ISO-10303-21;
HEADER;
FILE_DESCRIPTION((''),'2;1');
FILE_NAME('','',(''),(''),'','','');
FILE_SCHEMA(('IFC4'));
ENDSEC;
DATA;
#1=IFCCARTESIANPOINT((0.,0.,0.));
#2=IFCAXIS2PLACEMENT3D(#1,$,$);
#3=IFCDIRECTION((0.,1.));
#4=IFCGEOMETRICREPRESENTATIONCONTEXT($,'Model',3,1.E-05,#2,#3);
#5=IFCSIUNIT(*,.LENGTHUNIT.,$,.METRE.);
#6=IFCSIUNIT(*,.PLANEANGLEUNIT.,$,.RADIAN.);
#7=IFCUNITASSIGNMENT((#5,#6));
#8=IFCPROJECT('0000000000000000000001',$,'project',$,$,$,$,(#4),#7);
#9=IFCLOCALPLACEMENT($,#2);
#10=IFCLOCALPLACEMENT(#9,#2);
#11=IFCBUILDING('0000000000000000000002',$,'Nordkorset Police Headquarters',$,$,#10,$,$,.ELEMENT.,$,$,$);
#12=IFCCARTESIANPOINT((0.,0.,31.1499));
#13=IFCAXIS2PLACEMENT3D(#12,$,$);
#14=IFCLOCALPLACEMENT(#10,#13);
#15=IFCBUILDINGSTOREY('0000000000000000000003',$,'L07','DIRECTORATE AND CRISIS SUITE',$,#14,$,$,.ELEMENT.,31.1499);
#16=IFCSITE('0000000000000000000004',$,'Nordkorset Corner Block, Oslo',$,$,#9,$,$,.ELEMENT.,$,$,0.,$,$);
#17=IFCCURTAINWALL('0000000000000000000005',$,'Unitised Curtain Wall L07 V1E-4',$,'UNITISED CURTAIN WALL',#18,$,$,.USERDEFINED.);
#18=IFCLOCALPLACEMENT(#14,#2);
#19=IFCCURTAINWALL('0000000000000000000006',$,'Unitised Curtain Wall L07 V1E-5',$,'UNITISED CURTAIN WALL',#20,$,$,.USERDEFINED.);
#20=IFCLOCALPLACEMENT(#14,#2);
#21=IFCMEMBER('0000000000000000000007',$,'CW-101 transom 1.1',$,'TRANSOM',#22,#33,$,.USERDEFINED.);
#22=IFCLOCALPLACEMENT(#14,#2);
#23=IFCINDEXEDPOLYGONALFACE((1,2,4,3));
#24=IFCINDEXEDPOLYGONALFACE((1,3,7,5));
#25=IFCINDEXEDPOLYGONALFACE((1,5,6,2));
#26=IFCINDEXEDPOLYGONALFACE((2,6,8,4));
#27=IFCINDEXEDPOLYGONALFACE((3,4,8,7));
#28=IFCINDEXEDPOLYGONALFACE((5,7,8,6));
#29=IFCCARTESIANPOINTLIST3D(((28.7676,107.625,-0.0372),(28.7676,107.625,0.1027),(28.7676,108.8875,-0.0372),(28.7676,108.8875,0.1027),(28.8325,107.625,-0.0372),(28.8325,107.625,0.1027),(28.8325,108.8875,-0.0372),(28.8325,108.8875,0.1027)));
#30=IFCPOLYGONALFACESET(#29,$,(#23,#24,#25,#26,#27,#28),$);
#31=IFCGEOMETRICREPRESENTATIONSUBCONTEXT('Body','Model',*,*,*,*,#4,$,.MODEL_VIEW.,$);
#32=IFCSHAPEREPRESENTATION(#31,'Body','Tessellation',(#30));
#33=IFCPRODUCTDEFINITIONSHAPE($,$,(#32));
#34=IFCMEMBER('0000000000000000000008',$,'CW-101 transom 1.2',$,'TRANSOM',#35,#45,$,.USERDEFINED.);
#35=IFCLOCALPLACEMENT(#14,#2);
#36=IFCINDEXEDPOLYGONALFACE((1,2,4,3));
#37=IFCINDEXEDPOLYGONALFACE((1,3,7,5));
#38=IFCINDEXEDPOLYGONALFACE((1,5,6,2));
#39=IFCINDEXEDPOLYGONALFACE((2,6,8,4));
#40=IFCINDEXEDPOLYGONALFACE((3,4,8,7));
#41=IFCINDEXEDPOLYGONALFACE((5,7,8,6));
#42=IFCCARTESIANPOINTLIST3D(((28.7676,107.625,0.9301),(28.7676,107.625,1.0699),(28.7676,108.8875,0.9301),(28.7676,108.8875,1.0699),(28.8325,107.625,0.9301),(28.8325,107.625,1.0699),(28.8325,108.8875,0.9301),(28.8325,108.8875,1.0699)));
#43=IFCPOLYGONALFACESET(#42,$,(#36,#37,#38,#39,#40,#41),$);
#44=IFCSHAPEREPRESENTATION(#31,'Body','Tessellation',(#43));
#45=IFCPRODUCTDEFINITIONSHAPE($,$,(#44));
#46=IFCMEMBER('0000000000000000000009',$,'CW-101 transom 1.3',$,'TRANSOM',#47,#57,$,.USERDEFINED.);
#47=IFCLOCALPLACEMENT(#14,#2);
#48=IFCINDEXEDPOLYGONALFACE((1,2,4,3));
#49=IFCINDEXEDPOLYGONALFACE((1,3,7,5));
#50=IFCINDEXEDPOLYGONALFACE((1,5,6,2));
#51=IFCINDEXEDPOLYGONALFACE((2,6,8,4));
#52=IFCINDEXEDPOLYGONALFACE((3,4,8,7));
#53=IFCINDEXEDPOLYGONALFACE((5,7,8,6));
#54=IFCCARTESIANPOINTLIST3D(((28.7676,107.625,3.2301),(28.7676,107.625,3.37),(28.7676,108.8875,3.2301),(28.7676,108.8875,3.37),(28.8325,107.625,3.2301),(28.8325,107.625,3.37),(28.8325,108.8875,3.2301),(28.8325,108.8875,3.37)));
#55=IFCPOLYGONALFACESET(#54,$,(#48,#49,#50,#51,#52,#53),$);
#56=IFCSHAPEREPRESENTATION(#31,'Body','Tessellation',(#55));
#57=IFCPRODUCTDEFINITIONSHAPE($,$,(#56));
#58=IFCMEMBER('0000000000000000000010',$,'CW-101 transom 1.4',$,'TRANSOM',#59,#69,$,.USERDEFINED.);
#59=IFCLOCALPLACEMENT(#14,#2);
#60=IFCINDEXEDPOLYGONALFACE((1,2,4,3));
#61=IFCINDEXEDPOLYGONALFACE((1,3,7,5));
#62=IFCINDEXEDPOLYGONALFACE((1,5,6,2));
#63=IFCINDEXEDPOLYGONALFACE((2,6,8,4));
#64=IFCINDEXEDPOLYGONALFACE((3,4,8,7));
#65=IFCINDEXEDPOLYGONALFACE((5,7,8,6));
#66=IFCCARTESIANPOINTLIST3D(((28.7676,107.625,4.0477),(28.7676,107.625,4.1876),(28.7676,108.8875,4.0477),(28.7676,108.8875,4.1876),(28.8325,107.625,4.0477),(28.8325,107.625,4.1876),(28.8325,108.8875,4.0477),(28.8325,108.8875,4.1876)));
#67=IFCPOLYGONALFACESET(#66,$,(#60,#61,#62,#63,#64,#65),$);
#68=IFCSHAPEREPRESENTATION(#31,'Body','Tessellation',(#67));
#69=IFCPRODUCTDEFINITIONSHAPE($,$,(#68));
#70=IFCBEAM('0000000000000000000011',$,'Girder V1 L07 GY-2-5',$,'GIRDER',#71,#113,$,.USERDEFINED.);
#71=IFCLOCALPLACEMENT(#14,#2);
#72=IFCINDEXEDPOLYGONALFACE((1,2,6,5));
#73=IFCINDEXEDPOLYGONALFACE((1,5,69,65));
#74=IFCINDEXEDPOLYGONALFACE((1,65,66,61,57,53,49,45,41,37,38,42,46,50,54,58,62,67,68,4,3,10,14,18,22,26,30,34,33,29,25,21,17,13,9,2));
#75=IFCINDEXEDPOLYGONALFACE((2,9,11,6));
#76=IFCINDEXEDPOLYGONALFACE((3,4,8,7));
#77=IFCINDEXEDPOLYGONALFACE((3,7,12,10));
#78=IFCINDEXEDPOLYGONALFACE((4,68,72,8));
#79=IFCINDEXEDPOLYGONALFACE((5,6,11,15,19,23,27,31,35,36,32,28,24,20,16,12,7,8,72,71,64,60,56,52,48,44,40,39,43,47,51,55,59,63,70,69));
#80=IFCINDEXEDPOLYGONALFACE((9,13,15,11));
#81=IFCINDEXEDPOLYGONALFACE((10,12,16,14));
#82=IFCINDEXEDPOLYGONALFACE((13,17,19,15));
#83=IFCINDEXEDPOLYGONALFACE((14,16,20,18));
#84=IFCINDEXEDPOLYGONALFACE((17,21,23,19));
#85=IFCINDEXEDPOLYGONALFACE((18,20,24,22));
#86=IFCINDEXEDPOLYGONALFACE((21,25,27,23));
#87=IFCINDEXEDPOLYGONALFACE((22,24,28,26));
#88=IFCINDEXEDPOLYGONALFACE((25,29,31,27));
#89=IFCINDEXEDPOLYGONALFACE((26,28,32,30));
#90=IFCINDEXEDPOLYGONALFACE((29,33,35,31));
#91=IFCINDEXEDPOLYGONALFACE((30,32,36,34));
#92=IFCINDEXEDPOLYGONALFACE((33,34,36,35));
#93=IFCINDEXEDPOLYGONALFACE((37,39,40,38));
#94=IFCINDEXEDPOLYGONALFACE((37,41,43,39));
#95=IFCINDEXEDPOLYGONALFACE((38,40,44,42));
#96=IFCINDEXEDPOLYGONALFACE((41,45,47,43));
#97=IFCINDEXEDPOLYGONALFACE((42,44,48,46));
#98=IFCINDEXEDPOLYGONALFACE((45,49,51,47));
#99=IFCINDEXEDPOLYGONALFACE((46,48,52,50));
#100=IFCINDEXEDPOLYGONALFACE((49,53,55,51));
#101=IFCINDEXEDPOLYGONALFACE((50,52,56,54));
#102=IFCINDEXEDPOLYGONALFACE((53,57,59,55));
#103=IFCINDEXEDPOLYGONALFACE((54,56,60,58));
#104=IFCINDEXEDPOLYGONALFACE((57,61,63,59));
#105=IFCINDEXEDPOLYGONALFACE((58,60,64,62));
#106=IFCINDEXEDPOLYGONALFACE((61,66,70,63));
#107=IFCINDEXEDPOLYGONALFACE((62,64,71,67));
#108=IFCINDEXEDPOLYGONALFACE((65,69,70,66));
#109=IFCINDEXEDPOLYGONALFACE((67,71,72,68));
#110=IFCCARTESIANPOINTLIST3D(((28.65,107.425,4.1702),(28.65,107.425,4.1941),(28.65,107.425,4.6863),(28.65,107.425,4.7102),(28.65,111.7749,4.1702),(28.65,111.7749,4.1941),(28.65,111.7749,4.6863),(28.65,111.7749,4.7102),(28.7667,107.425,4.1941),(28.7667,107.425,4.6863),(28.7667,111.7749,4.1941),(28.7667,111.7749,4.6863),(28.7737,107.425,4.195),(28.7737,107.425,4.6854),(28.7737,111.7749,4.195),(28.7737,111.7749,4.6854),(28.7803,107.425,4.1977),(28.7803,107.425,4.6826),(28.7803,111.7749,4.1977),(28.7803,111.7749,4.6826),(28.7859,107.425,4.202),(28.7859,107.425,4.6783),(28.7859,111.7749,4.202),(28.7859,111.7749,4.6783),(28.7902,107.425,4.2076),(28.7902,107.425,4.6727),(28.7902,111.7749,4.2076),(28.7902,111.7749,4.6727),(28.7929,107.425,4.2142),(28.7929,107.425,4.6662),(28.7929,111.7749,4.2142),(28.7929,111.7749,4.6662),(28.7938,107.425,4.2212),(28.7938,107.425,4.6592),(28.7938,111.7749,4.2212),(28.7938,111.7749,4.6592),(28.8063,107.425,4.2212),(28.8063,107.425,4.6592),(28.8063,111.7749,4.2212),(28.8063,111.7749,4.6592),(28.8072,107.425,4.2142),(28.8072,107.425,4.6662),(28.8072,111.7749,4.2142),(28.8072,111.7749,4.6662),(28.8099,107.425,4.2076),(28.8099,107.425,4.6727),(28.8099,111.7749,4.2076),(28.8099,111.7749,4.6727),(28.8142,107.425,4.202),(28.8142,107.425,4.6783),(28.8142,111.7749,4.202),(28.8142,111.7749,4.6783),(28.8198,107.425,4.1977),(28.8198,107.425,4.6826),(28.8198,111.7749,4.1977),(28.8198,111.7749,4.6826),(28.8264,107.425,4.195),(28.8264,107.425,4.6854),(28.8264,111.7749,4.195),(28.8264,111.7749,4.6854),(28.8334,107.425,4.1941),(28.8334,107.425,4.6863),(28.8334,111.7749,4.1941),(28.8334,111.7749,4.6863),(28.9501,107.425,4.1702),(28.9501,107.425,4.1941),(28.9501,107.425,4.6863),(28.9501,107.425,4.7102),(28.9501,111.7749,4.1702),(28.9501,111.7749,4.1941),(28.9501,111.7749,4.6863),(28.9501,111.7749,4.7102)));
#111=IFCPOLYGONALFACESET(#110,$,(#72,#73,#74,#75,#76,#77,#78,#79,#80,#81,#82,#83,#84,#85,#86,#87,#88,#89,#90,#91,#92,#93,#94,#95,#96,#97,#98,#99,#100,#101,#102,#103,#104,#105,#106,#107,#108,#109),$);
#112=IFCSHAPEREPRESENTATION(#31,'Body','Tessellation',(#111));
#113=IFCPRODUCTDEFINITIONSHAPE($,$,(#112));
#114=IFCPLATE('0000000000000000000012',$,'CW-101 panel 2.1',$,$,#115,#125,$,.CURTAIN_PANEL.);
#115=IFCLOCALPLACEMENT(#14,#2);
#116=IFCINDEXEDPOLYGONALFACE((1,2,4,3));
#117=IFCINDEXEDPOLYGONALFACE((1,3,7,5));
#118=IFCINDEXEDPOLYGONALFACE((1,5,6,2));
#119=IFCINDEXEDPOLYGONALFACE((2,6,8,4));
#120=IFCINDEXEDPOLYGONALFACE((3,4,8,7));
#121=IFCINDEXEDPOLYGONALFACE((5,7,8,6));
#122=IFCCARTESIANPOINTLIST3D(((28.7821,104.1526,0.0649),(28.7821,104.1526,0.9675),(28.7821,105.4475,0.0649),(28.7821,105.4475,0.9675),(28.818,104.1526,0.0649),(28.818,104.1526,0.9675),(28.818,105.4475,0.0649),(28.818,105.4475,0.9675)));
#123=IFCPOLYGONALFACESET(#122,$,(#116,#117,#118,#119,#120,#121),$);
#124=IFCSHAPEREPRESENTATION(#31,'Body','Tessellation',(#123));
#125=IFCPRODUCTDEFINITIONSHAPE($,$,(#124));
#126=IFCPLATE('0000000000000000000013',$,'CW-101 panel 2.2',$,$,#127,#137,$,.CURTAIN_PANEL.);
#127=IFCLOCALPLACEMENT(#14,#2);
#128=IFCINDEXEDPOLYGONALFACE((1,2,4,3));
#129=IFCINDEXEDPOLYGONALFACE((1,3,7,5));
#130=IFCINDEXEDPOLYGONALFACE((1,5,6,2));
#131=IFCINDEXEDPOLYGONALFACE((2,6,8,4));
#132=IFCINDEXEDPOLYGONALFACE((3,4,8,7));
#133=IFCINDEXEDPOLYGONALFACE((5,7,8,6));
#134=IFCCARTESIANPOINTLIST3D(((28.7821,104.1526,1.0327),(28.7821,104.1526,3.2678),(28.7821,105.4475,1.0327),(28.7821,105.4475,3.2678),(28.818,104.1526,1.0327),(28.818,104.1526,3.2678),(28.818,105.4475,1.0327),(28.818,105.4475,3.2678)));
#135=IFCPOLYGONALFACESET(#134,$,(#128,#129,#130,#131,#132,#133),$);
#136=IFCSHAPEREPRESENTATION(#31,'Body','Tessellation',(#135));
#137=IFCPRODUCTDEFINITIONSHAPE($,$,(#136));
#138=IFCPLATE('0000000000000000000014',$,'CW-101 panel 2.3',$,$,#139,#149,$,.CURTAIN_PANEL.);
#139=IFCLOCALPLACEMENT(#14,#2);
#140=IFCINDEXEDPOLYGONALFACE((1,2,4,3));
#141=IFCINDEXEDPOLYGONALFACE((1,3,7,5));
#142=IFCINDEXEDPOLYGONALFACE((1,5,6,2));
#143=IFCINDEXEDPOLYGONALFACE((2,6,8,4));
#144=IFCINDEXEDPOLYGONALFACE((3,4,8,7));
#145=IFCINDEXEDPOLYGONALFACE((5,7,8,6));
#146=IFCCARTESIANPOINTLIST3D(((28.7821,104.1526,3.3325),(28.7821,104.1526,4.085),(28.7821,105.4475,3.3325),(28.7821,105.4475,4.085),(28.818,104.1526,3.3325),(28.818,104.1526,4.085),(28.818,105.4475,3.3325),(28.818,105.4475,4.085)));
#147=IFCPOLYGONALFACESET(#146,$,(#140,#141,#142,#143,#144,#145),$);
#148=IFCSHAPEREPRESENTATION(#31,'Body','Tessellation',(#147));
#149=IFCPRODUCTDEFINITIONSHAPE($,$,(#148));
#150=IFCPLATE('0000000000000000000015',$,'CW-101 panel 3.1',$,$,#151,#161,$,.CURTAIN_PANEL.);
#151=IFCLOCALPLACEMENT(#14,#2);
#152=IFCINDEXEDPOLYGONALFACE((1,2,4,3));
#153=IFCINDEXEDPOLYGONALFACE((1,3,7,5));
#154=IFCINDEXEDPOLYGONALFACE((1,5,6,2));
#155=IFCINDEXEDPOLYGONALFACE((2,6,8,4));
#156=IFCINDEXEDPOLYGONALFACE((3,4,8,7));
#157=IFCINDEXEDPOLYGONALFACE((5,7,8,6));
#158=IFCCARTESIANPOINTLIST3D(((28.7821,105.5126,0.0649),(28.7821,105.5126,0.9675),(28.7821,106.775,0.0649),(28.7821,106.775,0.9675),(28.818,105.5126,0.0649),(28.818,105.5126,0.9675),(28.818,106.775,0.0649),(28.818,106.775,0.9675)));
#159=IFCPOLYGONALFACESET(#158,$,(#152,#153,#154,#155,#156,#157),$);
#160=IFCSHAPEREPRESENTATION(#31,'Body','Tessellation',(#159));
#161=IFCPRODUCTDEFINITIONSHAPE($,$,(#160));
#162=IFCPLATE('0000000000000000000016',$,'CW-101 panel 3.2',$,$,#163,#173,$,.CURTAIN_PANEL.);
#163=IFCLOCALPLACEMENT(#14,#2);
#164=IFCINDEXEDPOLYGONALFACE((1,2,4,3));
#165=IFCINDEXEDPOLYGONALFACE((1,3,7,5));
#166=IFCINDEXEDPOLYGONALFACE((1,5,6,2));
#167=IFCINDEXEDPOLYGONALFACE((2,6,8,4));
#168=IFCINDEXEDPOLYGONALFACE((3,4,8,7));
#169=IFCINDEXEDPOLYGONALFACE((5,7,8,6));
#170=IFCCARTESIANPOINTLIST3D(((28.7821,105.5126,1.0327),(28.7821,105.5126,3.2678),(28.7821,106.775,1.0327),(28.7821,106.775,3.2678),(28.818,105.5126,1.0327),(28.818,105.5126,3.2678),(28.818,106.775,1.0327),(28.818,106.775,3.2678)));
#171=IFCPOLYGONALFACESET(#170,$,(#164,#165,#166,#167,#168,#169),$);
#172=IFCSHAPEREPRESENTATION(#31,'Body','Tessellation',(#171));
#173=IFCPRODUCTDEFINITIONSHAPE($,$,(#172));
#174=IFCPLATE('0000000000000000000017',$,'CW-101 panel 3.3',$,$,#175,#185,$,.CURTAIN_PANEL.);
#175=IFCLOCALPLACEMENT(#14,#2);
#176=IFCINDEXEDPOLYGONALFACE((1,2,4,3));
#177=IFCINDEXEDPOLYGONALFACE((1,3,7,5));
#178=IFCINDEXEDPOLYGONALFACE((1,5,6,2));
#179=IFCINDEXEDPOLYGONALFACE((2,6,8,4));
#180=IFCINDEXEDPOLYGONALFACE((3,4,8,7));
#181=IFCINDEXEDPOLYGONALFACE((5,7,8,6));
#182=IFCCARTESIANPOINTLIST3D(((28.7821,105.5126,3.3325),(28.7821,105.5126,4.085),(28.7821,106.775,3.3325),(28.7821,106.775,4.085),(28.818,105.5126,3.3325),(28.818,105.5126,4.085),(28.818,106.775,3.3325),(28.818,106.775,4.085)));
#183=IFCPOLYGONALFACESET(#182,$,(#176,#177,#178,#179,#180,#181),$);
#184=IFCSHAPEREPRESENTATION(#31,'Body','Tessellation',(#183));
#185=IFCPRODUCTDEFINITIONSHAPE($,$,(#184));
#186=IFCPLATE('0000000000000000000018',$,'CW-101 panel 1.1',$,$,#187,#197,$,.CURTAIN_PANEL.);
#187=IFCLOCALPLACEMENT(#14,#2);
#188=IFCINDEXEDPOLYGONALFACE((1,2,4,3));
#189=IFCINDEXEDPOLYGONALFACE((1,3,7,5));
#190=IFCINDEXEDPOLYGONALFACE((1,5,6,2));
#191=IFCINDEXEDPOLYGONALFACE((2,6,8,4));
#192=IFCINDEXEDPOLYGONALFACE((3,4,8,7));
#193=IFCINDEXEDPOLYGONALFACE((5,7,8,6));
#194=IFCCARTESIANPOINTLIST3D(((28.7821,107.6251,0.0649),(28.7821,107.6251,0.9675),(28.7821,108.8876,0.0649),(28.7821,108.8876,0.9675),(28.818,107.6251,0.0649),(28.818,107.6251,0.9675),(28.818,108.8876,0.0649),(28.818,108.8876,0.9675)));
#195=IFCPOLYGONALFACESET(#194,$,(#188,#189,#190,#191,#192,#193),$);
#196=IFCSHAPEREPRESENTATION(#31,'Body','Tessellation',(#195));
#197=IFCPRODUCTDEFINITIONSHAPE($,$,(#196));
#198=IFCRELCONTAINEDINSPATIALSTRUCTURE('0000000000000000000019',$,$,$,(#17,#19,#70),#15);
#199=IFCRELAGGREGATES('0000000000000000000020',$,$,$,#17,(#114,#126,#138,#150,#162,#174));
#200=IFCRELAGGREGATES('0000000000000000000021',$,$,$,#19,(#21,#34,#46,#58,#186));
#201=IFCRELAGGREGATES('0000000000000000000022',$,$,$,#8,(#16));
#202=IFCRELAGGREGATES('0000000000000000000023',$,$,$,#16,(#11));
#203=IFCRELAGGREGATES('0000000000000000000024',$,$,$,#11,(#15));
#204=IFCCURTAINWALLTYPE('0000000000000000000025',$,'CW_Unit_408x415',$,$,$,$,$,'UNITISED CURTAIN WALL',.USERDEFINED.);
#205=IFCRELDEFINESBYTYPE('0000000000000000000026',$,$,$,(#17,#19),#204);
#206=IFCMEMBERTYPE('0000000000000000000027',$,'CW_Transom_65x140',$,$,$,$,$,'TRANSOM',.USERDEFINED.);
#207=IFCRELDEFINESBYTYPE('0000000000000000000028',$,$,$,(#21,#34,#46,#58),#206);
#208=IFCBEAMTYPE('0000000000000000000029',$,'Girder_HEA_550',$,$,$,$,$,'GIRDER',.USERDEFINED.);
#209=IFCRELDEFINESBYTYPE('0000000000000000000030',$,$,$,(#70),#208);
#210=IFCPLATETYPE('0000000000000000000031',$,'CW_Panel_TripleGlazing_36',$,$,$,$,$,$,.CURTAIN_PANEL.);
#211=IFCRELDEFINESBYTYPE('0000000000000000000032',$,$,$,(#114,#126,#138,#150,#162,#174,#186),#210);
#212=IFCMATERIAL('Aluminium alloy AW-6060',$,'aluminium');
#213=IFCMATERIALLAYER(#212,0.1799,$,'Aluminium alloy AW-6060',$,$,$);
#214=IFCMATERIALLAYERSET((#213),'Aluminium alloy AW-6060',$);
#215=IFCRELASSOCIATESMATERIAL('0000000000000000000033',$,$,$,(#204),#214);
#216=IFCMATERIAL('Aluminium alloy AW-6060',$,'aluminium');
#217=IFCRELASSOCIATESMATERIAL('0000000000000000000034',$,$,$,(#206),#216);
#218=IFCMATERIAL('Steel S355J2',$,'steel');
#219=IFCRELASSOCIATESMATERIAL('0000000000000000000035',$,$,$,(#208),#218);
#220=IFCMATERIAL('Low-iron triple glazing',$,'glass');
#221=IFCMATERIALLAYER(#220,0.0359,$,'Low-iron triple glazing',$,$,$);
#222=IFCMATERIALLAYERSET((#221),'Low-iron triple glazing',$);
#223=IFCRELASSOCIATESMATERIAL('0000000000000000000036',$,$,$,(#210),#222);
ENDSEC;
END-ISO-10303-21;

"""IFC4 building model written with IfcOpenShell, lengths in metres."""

from ifc_helpers import new_model, si_unit, direction, frame, origin, origin_2d, place, context, subcontext, project, spatial, rectangle, i_section, extrude, material, layer, layer_set, material_profile, profile_set, type_object, element, aggregate, save


model = new_model("IFC4")

# Units and contexts
model_context = context("Model", 3, precision=1e-05, world=origin(), true_north=direction((0.0, 1.0)))
body_context = subcontext(model_context, "Body", "Model", "MODEL_VIEW")
ifc_project = project(units=[si_unit("LENGTHUNIT", "METRE"), si_unit("PLANEANGLEUNIT", "RADIAN")], contexts=[model_context])

# Site, building, storey
site_placement = place(None, origin())
site = spatial("IfcSite", under=ifc_project, at=site_placement, Name="Nordkorset Corner Block, Oslo", CompositionType="ELEMENT", RefElevation=0.0)
building_placement = place(site_placement, origin())
building = spatial("IfcBuilding", under=site, at=building_placement, Name="Nordkorset Police Headquarters", CompositionType="ELEMENT")
storey_placement = place(building_placement, frame((0.0, 0.0, 31.1499)))
storey = spatial("IfcBuildingStorey", under=building, at=storey_placement, Name="L07", Description="DIRECTORATE AND CRISIS SUITE", CompositionType="ELEMENT", Elevation=31.1499)

# Curtain wall
ifc_material_1 = material(Name="Aluminium alloy AW-6060", Category="aluminium")
ifc_layer_1 = layer(ifc_material_1, 0.1799, Name="Aluminium alloy AW-6060")
ifc_layer_set_1 = layer_set([ifc_layer_1], Name="Aluminium alloy AW-6060")
curtain_wall_type = type_object("IfcCurtainWallType", Name="CW_Unit_408x415", ElementType="UNITISED CURTAIN WALL", PredefinedType="USERDEFINED", material=ifc_layer_set_1)
curtain_wall_1_placement = place(storey_placement, origin())
curtain_wall_1 = element("IfcCurtainWall", 1, at=curtain_wall_1_placement, inside=storey, type_object=curtain_wall_type, Name="Unitised Curtain Wall L07 V1E-4", ObjectType="UNITISED CURTAIN WALL", PredefinedType="USERDEFINED")

# Curtain wall
curtain_wall_2_placement = place(storey_placement, origin())
curtain_wall_2 = element("IfcCurtainWall", 2, at=curtain_wall_2_placement, inside=storey, type_object=curtain_wall_type, Name="Unitised Curtain Wall L07 V1E-5", ObjectType="UNITISED CURTAIN WALL", PredefinedType="USERDEFINED")

# Members
ifc_material_2 = material(Name="Aluminium alloy AW-6060", Category="aluminium")
ifc_material_profile_1 = material_profile(ifc_material_2, rectangle(XDim=0.0649, YDim=0.1399, at=origin_2d()), Name="ALU TRAN 65x140")
ifc_profile_set_1 = profile_set([ifc_material_profile_1], Name="Aluminium alloy AW-6060")
member_type_1 = type_object("IfcMemberType", Name="CW_Transom_65x140", ElementType="TRANSOM", PredefinedType="USERDEFINED", material=ifc_profile_set_1)
member_1_placement = place(storey_placement, frame((28.8, 107.625, 0.0327), z_axis=(0.0, 1.0, 0.0), x_axis=(-1.0, 0.0, 0.0)))
member_1 = element("IfcMember", 3, at=member_1_placement, type_object=member_type_1, Name="CW-101 transom 1.1", ObjectType="TRANSOM", PredefinedType="USERDEFINED", context=body_context, shape_type="SweptSolid", body=[
    extrude(rectangle(XDim=0.0649, YDim=0.1399, at=origin_2d()), origin(), (0.0, 0.0, 1.0), 1.2625),
])
member_2_placement = place(storey_placement, frame((28.8, 107.625, 1.0), z_axis=(0.0, 1.0, 0.0), x_axis=(-1.0, 0.0, 0.0)))
member_2 = element("IfcMember", 4, at=member_2_placement, type_object=member_type_1, Name="CW-101 transom 1.2", ObjectType="TRANSOM", PredefinedType="USERDEFINED", context=body_context, shape_type="SweptSolid", body=[
    extrude(rectangle(XDim=0.0649, YDim=0.1399, at=origin_2d()), origin(), (0.0, 0.0, 1.0), 1.2625),
])
member_3_placement = place(storey_placement, frame((28.8, 107.625, 3.3), z_axis=(0.0, 1.0, 0.0), x_axis=(-1.0, 0.0, 0.0)))
member_3 = element("IfcMember", 5, at=member_3_placement, type_object=member_type_1, Name="CW-101 transom 1.3", ObjectType="TRANSOM", PredefinedType="USERDEFINED", context=body_context, shape_type="SweptSolid", body=[
    extrude(rectangle(XDim=0.0649, YDim=0.1399, at=origin_2d()), origin(), (0.0, 0.0, 1.0), 1.2625),
])
member_4_placement = place(storey_placement, frame((28.8, 107.625, 4.1177), z_axis=(0.0, 1.0, 0.0), x_axis=(-1.0, 0.0, 0.0)))
member_4 = element("IfcMember", 6, at=member_4_placement, type_object=member_type_1, Name="CW-101 transom 1.4", ObjectType="TRANSOM", PredefinedType="USERDEFINED", context=body_context, shape_type="SweptSolid", body=[
    extrude(rectangle(XDim=0.0649, YDim=0.1399, at=origin_2d()), origin(), (0.0, 0.0, 1.0), 1.2625),
])

# Beam
ifc_material_3 = material(Name="Steel S355J2", Category="steel")
ifc_material_profile_2 = material_profile(ifc_material_3, i_section(OverallWidth=0.3, OverallDepth=0.54, WebThickness=0.0125, FlangeThickness=0.0239, FilletRadius=0.0271, at=origin_2d()), Name="HEA 550")
ifc_profile_set_2 = profile_set([ifc_material_profile_2], Name="Steel S355J2")
beam_type = type_object("IfcBeamType", Name="Girder_HEA_550", ElementType="GIRDER", PredefinedType="USERDEFINED", material=ifc_profile_set_2)
beam_placement = place(storey_placement, frame((28.8, 107.425, 4.4402), z_axis=(0.0, 1.0, 0.0), x_axis=(-1.0, 0.0, 0.0)))
element("IfcBeam", 7, at=beam_placement, inside=storey, type_object=beam_type, Name="Girder V1 L07 GY-2-5", ObjectType="GIRDER", PredefinedType="USERDEFINED", context=body_context, shape_type="SweptSolid", body=[
    extrude(i_section(OverallWidth=0.3, OverallDepth=0.54, WebThickness=0.0125, FlangeThickness=0.0239, FilletRadius=0.0271, at=origin_2d()), origin(), (0.0, 0.0, 1.0), 4.3499),
])

# Plates
ifc_material_4 = material(Name="Low-iron triple glazing", Category="glass")
ifc_layer_2 = layer(ifc_material_4, 0.0359, Name="Low-iron triple glazing")
ifc_layer_set_2 = layer_set([ifc_layer_2], Name="Low-iron triple glazing")
plate_type = type_object("IfcPlateType", Name="CW_Panel_TripleGlazing_36", PredefinedType="CURTAIN_PANEL", material=ifc_layer_set_2)
plate_1_placement = place(storey_placement, frame((28.8, 104.8, 0.0649), z_axis=(0.0, 0.0, 1.0), x_axis=(0.0, 1.0, 0.0)))
plate_1 = element("IfcPlate", 8, at=plate_1_placement, type_object=plate_type, Name="CW-101 panel 2.1", PredefinedType="CURTAIN_PANEL", context=body_context, shape_type="SweptSolid", body=[
    extrude(rectangle(XDim=1.2949, YDim=0.0359, at=origin_2d()), origin(), (0.0, 0.0, 1.0), 0.9026),
])
plate_2_placement = place(storey_placement, frame((28.8, 104.8, 1.0327), z_axis=(0.0, 0.0, 1.0), x_axis=(0.0, 1.0, 0.0)))
plate_2 = element("IfcPlate", 9, at=plate_2_placement, type_object=plate_type, Name="CW-101 panel 2.2", PredefinedType="CURTAIN_PANEL", context=body_context, shape_type="SweptSolid", body=[
    extrude(rectangle(XDim=1.2949, YDim=0.0359, at=origin_2d()), origin(), (0.0, 0.0, 1.0), 2.2351),
])
plate_3_placement = place(storey_placement, frame((28.8, 104.8, 3.3325), z_axis=(0.0, 0.0, 1.0), x_axis=(0.0, 1.0, 0.0)))
plate_3 = element("IfcPlate", 10, at=plate_3_placement, type_object=plate_type, Name="CW-101 panel 2.3", PredefinedType="CURTAIN_PANEL", context=body_context, shape_type="SweptSolid", body=[
    extrude(rectangle(XDim=1.2949, YDim=0.0359, at=origin_2d()), origin(), (0.0, 0.0, 1.0), 0.7524),
])
plate_4_placement = place(storey_placement, frame((28.8, 106.1438, 0.0649), z_axis=(0.0, 0.0, 1.0), x_axis=(0.0, 1.0, 0.0)))
plate_4 = element("IfcPlate", 11, at=plate_4_placement, type_object=plate_type, Name="CW-101 panel 3.1", PredefinedType="CURTAIN_PANEL", context=body_context, shape_type="SweptSolid", body=[
    extrude(rectangle(XDim=1.2625, YDim=0.0359, at=origin_2d()), origin(), (0.0, 0.0, 1.0), 0.9026),
])
plate_5_placement = place(storey_placement, frame((28.8, 106.1438, 1.0327), z_axis=(0.0, 0.0, 1.0), x_axis=(0.0, 1.0, 0.0)))
plate_5 = element("IfcPlate", 12, at=plate_5_placement, type_object=plate_type, Name="CW-101 panel 3.2", PredefinedType="CURTAIN_PANEL", context=body_context, shape_type="SweptSolid", body=[
    extrude(rectangle(XDim=1.2625, YDim=0.0359, at=origin_2d()), origin(), (0.0, 0.0, 1.0), 2.2351),
])
plate_6_placement = place(storey_placement, frame((28.8, 106.1438, 3.3325), z_axis=(0.0, 0.0, 1.0), x_axis=(0.0, 1.0, 0.0)))
plate_6 = element("IfcPlate", 13, at=plate_6_placement, type_object=plate_type, Name="CW-101 panel 3.3", PredefinedType="CURTAIN_PANEL", context=body_context, shape_type="SweptSolid", body=[
    extrude(rectangle(XDim=1.2625, YDim=0.0359, at=origin_2d()), origin(), (0.0, 0.0, 1.0), 0.7524),
])
aggregate(curtain_wall_1, [plate_1, plate_2, plate_3, plate_4, plate_5, plate_6])
plate_7_placement = place(storey_placement, frame((28.8, 108.2563, 0.0649), z_axis=(0.0, 0.0, 1.0), x_axis=(0.0, 1.0, 0.0)))
plate_7 = element("IfcPlate", 14, at=plate_7_placement, type_object=plate_type, Name="CW-101 panel 1.1", PredefinedType="CURTAIN_PANEL", context=body_context, shape_type="SweptSolid", body=[
    extrude(rectangle(XDim=1.2625, YDim=0.0359, at=origin_2d()), origin(), (0.0, 0.0, 1.0), 0.9026),
])
aggregate(curtain_wall_2, [member_1, member_2, member_3, member_4, plate_7])

save(model, "model.ifc")
